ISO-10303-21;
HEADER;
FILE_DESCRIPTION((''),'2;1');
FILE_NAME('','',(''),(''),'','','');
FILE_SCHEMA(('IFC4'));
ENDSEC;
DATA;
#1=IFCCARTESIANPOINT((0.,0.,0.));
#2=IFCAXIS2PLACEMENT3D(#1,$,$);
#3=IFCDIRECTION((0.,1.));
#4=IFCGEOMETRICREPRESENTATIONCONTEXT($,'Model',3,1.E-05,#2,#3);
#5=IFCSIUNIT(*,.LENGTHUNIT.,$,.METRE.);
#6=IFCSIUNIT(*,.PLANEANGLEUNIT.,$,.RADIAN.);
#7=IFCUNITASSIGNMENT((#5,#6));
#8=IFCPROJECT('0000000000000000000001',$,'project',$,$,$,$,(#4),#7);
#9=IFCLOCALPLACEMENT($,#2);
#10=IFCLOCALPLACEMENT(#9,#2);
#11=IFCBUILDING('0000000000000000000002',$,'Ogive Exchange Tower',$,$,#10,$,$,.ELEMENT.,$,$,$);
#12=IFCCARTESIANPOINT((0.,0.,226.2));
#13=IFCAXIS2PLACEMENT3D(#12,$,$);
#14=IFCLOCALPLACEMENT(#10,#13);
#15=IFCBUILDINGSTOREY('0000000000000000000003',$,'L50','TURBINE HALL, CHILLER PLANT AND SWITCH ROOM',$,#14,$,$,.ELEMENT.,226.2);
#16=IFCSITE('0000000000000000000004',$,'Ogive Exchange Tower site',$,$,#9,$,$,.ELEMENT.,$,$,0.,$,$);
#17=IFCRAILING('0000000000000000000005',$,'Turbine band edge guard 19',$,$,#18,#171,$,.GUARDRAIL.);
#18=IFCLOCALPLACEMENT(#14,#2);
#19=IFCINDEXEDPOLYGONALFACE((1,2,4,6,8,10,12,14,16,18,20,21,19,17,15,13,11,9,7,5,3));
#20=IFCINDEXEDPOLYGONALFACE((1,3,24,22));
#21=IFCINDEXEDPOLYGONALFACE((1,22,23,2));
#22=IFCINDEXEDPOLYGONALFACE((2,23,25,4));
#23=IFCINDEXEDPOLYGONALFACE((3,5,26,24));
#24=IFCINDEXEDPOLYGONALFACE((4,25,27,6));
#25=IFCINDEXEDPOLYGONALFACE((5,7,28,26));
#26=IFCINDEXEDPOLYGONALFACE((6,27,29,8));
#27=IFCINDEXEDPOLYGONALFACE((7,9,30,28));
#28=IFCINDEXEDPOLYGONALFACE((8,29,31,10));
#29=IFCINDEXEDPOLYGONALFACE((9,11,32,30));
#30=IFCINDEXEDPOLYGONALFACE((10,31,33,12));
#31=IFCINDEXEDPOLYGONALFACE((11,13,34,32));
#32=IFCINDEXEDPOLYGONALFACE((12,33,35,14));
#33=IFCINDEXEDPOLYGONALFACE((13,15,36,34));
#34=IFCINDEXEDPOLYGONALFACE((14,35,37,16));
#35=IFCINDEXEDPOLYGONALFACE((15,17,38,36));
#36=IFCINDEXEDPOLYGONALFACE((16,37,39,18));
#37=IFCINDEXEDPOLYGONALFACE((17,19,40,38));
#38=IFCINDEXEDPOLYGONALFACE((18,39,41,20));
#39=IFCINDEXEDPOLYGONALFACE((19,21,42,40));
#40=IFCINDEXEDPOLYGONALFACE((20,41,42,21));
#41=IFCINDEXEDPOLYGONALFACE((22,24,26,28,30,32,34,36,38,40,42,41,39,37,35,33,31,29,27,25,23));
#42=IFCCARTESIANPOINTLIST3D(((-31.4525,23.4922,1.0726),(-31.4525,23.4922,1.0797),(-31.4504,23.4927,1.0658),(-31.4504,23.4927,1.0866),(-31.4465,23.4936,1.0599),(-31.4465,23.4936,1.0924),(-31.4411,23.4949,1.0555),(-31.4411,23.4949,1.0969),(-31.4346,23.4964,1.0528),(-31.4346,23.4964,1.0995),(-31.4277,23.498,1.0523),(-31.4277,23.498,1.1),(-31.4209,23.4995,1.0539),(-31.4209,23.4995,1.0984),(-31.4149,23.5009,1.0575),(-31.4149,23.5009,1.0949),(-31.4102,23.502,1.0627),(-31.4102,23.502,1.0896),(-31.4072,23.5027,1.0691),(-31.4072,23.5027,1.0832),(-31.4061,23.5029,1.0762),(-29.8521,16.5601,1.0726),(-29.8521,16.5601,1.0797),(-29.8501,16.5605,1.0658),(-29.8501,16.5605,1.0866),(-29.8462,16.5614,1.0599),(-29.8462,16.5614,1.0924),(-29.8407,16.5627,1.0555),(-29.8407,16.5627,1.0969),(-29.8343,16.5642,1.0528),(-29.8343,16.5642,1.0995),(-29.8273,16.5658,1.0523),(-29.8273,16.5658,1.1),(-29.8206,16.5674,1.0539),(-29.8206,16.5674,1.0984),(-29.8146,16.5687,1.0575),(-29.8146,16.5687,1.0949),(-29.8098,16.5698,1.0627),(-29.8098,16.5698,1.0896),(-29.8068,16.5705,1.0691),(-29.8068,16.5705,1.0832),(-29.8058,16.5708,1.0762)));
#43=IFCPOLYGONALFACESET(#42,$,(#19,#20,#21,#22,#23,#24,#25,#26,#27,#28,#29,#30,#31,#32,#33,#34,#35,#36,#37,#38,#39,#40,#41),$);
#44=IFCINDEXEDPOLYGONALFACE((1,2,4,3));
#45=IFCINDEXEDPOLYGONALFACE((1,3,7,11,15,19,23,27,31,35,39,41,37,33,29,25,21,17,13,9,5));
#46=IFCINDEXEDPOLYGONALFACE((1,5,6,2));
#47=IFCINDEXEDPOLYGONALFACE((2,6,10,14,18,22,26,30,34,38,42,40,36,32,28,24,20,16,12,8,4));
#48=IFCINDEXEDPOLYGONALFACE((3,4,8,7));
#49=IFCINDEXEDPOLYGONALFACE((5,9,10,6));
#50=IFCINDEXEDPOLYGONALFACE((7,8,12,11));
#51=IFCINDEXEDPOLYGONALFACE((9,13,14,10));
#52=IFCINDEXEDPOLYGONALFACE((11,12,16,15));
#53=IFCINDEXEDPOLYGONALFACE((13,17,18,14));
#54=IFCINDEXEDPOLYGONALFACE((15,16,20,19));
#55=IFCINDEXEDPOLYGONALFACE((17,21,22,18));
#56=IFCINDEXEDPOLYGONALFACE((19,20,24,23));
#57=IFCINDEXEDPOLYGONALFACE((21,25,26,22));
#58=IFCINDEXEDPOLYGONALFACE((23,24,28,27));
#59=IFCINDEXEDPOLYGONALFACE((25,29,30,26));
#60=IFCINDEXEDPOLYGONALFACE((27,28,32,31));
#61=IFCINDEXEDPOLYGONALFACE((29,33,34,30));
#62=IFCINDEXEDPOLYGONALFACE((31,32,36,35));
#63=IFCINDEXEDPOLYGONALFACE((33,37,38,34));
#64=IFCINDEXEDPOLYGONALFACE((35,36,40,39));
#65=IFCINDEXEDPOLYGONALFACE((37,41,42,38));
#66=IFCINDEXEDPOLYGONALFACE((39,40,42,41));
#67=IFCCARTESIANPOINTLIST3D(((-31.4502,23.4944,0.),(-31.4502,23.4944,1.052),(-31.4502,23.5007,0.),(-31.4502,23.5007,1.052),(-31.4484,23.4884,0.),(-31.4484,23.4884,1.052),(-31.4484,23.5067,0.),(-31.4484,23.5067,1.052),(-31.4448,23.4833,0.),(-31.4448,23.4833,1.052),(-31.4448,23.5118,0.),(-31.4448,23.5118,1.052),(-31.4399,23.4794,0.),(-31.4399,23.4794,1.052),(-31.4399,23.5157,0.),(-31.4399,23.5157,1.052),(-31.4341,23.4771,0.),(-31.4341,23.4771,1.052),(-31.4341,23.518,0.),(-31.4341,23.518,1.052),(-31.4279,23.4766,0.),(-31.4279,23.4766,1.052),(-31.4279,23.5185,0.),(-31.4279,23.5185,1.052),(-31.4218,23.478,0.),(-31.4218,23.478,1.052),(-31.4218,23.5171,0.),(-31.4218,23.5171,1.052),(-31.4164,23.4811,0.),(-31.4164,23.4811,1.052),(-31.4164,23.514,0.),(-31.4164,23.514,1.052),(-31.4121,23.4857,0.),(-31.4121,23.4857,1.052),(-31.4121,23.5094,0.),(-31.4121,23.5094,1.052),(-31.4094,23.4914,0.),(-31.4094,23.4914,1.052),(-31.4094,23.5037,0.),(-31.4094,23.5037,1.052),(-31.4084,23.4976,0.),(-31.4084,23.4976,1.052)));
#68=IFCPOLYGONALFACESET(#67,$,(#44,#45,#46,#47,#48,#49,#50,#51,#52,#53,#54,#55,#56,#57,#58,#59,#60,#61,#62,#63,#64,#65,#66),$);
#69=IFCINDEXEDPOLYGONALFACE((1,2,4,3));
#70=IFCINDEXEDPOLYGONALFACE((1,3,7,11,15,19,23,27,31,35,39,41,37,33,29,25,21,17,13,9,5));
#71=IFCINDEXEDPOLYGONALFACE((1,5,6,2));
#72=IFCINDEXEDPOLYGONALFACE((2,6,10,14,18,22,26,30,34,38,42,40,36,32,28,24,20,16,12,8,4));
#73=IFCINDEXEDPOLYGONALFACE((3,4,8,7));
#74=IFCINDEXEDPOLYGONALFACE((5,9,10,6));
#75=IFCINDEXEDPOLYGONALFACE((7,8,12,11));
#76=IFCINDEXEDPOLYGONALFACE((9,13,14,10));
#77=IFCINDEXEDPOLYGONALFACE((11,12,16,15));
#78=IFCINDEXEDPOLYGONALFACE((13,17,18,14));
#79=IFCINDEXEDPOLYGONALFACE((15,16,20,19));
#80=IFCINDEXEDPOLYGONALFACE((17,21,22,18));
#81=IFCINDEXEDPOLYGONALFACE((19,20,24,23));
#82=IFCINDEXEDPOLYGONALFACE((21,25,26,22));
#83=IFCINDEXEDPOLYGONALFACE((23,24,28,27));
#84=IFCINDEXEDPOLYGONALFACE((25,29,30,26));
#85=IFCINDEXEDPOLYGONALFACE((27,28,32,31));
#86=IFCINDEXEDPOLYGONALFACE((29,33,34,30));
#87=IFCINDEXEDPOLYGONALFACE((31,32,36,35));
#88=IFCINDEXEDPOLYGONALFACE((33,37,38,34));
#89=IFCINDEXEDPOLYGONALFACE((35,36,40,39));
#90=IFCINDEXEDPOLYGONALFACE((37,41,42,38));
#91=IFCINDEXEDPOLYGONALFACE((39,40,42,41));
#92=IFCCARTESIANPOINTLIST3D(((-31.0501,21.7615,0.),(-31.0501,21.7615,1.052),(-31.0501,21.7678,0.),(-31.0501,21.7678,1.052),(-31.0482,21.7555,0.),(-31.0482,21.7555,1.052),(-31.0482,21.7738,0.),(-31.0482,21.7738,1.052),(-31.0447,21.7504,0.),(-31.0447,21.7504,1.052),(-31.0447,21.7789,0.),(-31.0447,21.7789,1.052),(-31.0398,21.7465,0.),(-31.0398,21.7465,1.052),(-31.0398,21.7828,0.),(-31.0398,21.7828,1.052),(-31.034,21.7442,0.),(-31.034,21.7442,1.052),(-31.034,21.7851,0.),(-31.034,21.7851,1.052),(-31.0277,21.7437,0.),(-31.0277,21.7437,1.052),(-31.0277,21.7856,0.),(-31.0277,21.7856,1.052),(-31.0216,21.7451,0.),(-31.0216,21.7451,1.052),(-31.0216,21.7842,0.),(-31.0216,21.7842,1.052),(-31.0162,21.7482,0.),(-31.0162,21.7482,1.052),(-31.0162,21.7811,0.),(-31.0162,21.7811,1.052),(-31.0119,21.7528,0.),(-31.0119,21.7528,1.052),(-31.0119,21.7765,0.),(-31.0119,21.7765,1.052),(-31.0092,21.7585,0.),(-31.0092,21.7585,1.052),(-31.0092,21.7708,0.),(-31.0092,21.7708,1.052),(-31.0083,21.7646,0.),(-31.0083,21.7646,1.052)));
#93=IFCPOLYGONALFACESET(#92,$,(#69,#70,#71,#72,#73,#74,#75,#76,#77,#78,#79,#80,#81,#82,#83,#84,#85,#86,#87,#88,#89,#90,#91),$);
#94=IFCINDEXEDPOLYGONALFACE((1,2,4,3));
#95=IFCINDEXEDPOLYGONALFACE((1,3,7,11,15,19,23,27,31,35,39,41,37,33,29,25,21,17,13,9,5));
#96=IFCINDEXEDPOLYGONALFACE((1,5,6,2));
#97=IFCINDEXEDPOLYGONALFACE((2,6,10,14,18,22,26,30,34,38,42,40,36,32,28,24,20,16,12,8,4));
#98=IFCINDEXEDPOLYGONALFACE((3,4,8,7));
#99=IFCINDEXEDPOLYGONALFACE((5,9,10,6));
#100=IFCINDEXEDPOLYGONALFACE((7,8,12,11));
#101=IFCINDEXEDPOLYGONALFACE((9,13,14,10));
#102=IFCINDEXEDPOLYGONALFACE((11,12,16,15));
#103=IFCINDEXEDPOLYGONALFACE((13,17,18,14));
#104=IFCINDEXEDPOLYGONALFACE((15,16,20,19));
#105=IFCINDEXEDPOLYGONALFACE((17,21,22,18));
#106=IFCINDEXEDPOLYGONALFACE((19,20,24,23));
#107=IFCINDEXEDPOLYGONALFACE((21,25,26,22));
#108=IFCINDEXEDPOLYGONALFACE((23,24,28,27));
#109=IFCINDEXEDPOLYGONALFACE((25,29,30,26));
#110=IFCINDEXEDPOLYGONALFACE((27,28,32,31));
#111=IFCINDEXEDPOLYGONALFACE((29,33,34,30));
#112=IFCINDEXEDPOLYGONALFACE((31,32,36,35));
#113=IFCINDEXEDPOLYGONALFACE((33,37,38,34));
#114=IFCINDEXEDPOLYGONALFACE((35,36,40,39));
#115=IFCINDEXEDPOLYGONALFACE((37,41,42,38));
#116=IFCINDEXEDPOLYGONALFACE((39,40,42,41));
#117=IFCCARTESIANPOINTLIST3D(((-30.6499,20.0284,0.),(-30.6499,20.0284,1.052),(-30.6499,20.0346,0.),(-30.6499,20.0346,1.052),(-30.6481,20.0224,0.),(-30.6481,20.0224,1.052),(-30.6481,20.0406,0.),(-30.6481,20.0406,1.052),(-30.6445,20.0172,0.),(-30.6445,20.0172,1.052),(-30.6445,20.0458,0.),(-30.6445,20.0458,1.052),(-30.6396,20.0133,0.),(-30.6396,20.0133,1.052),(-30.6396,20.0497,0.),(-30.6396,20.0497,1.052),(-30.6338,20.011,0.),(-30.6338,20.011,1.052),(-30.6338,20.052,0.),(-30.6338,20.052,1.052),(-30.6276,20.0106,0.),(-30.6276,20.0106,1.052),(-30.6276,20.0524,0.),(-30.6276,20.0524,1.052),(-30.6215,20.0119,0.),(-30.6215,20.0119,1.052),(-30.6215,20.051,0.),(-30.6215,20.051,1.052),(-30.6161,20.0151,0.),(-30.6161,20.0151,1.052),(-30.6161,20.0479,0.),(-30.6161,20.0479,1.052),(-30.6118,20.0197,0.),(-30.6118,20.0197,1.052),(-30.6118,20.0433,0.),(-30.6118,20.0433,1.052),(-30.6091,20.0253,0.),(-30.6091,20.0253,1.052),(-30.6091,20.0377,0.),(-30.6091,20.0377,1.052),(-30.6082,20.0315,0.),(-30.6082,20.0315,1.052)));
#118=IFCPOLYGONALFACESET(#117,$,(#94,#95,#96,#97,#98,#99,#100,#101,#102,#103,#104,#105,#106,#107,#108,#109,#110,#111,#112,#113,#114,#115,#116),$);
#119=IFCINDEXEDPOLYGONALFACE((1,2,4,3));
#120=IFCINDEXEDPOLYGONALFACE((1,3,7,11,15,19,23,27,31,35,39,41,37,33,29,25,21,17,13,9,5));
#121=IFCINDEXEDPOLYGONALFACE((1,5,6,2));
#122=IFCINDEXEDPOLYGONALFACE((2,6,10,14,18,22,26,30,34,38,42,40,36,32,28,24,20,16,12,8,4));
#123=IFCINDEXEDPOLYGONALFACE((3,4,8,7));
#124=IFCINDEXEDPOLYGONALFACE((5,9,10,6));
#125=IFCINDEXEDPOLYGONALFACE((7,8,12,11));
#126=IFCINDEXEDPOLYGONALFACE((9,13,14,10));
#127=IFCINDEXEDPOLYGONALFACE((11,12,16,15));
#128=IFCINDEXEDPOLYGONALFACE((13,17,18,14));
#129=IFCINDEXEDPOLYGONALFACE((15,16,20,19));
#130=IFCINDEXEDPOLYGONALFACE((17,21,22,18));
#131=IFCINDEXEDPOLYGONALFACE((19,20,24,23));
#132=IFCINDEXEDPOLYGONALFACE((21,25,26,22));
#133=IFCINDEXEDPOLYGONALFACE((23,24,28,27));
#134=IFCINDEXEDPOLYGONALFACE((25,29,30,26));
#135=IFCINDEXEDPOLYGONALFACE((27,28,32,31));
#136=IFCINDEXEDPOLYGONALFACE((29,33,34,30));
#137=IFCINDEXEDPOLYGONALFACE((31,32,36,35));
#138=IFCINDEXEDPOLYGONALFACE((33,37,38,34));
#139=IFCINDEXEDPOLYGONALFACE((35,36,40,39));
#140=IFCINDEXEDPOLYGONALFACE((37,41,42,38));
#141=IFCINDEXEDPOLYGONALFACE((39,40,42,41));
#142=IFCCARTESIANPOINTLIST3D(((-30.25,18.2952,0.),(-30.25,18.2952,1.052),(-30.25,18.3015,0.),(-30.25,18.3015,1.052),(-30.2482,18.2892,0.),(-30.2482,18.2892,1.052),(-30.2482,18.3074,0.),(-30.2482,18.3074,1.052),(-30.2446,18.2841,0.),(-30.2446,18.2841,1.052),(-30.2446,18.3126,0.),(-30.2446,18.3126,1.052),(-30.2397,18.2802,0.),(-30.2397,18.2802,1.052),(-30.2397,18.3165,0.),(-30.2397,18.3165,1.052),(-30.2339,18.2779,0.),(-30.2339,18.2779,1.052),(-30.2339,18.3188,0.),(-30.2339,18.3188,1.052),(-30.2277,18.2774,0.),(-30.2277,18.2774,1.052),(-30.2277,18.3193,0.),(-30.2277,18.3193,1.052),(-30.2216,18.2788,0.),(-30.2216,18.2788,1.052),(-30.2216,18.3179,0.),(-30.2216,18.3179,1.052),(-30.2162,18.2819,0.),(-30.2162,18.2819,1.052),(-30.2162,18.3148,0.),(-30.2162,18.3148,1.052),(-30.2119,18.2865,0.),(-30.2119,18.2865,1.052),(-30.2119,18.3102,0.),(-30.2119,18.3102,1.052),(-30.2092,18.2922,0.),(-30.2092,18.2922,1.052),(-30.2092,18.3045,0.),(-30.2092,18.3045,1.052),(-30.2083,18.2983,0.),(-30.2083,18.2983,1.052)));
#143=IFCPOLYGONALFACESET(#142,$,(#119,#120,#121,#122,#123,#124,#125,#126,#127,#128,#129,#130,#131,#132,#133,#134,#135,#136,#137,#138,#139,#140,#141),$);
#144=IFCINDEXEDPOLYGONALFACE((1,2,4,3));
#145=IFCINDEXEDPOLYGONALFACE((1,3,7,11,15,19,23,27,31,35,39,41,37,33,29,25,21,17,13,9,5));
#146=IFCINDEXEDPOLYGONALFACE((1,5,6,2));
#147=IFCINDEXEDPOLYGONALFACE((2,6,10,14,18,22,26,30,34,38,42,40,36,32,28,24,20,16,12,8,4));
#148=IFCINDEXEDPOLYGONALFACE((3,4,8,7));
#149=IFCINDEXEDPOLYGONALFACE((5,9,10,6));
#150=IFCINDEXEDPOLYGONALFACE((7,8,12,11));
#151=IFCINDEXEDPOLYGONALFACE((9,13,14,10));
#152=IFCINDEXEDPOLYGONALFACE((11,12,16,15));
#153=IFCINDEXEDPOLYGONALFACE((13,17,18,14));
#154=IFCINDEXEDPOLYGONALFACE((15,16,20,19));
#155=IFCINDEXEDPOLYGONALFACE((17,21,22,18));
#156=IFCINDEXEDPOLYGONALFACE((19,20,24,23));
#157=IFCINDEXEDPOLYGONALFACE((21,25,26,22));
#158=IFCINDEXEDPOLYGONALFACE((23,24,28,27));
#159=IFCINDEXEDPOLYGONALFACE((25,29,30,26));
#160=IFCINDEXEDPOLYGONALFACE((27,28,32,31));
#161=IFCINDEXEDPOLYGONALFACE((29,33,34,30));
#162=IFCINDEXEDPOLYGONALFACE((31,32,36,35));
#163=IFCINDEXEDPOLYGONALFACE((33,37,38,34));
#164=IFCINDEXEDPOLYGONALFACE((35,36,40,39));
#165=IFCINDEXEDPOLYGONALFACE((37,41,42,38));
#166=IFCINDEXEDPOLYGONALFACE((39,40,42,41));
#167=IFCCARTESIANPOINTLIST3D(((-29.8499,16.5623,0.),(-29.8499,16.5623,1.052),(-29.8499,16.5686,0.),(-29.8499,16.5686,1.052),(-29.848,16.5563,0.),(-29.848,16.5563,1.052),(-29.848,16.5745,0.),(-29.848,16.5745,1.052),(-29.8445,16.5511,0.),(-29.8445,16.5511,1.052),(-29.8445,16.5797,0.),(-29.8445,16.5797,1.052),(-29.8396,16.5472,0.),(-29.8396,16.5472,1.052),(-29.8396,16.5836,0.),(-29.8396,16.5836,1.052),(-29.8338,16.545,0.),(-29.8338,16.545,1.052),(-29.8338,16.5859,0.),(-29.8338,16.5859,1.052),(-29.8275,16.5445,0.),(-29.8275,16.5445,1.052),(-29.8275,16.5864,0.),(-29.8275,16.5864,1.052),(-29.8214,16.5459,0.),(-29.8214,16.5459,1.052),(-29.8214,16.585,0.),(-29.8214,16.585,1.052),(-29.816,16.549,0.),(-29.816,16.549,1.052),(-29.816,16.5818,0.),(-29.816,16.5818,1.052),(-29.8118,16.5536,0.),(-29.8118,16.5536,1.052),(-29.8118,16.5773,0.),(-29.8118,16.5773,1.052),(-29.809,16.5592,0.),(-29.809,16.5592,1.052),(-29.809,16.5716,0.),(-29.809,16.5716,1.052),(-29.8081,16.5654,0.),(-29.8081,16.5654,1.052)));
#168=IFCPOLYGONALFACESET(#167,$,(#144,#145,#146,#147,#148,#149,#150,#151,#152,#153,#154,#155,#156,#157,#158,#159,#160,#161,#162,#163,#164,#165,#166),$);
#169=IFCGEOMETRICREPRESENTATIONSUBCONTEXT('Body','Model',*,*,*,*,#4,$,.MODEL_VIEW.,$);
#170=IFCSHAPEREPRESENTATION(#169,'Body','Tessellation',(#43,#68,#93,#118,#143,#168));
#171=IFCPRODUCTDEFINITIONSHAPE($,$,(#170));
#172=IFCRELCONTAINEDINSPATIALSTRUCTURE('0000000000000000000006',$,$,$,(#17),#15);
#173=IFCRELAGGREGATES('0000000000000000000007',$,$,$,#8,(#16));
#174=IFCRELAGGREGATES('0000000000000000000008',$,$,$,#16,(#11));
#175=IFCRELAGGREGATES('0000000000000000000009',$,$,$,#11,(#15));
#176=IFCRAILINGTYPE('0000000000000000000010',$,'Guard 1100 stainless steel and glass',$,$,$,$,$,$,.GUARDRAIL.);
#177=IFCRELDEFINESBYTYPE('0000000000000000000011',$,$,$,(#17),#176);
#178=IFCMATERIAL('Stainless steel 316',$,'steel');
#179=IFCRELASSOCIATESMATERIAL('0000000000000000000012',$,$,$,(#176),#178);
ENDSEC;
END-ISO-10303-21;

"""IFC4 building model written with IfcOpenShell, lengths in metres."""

from ifc_helpers import new_model, si_unit, direction, frame, origin, origin_2d, place, context, subcontext, project, spatial, circle, extrude, material, type_object, element, save


model = new_model("IFC4")

# Units and contexts
model_context = context("Model", 3, precision=1e-05, world=origin(), true_north=direction((0.0, 1.0)))
body_context = subcontext(model_context, "Body", "Model", "MODEL_VIEW")
ifc_project = project(units=[si_unit("LENGTHUNIT", "METRE"), si_unit("PLANEANGLEUNIT", "RADIAN")], contexts=[model_context])

# Site, building, storey
site_placement = place(None, origin())
site = spatial("IfcSite", under=ifc_project, at=site_placement, Name="Ogive Exchange Tower site", CompositionType="ELEMENT", RefElevation=0.0)
building_placement = place(site_placement, origin())
building = spatial("IfcBuilding", under=site, at=building_placement, Name="Ogive Exchange Tower", CompositionType="ELEMENT")
storey_placement = place(building_placement, frame((0.0, 0.0, 226.2)))
storey = spatial("IfcBuildingStorey", under=building, at=storey_placement, Name="L50", Description="TURBINE HALL, CHILLER PLANT AND SWITCH ROOM", CompositionType="ELEMENT", Elevation=226.2)

# Railing
ifc_material_1 = material(Name="Stainless steel 316", Category="steel")
railing_type_1 = type_object("IfcRailingType", Name="Guard 1100 stainless steel and glass", PredefinedType="GUARDRAIL", material=ifc_material_1)
railing_1_placement = place(storey_placement, frame((-31.4294, 23.4976, 0.0)))
element("IfcRailing", 1, at=railing_1_placement, inside=storey, type_object=railing_type_1, Name="Turbine band edge guard 19", PredefinedType="GUARDRAIL", context=body_context, shape_type="SweptSolid", body=[
    extrude(circle(Radius=0.0239, at=origin_2d()), frame((0.0, 0.0, 1.0762), z_axis=(0.224942, -0.974372, 0.0), x_axis=(0.974372, 0.224942, 0.0)), (0.0, 0.0, 1.0), 7.1145),
    extrude(circle(Radius=0.021, at=origin_2d()), origin(), (0.0, 0.0, 1.0), 1.052),
    extrude(circle(Radius=0.021, at=origin_2d()), frame((0.4001, -1.7329, 0.0)), (0.0, 0.0, 1.0), 1.052),
    extrude(circle(Radius=0.021, at=origin_2d()), frame((0.8003, -3.4661, 0.0)), (0.0, 0.0, 1.0), 1.052),
    extrude(circle(Radius=0.021, at=origin_2d()), frame((1.2002, -5.1992, 0.0)), (0.0, 0.0, 1.0), 1.052),
    extrude(circle(Radius=0.021, at=origin_2d()), frame((1.6003, -6.9321, 0.0)), (0.0, 0.0, 1.0), 1.052),
])

save(model, "model.ifc")
